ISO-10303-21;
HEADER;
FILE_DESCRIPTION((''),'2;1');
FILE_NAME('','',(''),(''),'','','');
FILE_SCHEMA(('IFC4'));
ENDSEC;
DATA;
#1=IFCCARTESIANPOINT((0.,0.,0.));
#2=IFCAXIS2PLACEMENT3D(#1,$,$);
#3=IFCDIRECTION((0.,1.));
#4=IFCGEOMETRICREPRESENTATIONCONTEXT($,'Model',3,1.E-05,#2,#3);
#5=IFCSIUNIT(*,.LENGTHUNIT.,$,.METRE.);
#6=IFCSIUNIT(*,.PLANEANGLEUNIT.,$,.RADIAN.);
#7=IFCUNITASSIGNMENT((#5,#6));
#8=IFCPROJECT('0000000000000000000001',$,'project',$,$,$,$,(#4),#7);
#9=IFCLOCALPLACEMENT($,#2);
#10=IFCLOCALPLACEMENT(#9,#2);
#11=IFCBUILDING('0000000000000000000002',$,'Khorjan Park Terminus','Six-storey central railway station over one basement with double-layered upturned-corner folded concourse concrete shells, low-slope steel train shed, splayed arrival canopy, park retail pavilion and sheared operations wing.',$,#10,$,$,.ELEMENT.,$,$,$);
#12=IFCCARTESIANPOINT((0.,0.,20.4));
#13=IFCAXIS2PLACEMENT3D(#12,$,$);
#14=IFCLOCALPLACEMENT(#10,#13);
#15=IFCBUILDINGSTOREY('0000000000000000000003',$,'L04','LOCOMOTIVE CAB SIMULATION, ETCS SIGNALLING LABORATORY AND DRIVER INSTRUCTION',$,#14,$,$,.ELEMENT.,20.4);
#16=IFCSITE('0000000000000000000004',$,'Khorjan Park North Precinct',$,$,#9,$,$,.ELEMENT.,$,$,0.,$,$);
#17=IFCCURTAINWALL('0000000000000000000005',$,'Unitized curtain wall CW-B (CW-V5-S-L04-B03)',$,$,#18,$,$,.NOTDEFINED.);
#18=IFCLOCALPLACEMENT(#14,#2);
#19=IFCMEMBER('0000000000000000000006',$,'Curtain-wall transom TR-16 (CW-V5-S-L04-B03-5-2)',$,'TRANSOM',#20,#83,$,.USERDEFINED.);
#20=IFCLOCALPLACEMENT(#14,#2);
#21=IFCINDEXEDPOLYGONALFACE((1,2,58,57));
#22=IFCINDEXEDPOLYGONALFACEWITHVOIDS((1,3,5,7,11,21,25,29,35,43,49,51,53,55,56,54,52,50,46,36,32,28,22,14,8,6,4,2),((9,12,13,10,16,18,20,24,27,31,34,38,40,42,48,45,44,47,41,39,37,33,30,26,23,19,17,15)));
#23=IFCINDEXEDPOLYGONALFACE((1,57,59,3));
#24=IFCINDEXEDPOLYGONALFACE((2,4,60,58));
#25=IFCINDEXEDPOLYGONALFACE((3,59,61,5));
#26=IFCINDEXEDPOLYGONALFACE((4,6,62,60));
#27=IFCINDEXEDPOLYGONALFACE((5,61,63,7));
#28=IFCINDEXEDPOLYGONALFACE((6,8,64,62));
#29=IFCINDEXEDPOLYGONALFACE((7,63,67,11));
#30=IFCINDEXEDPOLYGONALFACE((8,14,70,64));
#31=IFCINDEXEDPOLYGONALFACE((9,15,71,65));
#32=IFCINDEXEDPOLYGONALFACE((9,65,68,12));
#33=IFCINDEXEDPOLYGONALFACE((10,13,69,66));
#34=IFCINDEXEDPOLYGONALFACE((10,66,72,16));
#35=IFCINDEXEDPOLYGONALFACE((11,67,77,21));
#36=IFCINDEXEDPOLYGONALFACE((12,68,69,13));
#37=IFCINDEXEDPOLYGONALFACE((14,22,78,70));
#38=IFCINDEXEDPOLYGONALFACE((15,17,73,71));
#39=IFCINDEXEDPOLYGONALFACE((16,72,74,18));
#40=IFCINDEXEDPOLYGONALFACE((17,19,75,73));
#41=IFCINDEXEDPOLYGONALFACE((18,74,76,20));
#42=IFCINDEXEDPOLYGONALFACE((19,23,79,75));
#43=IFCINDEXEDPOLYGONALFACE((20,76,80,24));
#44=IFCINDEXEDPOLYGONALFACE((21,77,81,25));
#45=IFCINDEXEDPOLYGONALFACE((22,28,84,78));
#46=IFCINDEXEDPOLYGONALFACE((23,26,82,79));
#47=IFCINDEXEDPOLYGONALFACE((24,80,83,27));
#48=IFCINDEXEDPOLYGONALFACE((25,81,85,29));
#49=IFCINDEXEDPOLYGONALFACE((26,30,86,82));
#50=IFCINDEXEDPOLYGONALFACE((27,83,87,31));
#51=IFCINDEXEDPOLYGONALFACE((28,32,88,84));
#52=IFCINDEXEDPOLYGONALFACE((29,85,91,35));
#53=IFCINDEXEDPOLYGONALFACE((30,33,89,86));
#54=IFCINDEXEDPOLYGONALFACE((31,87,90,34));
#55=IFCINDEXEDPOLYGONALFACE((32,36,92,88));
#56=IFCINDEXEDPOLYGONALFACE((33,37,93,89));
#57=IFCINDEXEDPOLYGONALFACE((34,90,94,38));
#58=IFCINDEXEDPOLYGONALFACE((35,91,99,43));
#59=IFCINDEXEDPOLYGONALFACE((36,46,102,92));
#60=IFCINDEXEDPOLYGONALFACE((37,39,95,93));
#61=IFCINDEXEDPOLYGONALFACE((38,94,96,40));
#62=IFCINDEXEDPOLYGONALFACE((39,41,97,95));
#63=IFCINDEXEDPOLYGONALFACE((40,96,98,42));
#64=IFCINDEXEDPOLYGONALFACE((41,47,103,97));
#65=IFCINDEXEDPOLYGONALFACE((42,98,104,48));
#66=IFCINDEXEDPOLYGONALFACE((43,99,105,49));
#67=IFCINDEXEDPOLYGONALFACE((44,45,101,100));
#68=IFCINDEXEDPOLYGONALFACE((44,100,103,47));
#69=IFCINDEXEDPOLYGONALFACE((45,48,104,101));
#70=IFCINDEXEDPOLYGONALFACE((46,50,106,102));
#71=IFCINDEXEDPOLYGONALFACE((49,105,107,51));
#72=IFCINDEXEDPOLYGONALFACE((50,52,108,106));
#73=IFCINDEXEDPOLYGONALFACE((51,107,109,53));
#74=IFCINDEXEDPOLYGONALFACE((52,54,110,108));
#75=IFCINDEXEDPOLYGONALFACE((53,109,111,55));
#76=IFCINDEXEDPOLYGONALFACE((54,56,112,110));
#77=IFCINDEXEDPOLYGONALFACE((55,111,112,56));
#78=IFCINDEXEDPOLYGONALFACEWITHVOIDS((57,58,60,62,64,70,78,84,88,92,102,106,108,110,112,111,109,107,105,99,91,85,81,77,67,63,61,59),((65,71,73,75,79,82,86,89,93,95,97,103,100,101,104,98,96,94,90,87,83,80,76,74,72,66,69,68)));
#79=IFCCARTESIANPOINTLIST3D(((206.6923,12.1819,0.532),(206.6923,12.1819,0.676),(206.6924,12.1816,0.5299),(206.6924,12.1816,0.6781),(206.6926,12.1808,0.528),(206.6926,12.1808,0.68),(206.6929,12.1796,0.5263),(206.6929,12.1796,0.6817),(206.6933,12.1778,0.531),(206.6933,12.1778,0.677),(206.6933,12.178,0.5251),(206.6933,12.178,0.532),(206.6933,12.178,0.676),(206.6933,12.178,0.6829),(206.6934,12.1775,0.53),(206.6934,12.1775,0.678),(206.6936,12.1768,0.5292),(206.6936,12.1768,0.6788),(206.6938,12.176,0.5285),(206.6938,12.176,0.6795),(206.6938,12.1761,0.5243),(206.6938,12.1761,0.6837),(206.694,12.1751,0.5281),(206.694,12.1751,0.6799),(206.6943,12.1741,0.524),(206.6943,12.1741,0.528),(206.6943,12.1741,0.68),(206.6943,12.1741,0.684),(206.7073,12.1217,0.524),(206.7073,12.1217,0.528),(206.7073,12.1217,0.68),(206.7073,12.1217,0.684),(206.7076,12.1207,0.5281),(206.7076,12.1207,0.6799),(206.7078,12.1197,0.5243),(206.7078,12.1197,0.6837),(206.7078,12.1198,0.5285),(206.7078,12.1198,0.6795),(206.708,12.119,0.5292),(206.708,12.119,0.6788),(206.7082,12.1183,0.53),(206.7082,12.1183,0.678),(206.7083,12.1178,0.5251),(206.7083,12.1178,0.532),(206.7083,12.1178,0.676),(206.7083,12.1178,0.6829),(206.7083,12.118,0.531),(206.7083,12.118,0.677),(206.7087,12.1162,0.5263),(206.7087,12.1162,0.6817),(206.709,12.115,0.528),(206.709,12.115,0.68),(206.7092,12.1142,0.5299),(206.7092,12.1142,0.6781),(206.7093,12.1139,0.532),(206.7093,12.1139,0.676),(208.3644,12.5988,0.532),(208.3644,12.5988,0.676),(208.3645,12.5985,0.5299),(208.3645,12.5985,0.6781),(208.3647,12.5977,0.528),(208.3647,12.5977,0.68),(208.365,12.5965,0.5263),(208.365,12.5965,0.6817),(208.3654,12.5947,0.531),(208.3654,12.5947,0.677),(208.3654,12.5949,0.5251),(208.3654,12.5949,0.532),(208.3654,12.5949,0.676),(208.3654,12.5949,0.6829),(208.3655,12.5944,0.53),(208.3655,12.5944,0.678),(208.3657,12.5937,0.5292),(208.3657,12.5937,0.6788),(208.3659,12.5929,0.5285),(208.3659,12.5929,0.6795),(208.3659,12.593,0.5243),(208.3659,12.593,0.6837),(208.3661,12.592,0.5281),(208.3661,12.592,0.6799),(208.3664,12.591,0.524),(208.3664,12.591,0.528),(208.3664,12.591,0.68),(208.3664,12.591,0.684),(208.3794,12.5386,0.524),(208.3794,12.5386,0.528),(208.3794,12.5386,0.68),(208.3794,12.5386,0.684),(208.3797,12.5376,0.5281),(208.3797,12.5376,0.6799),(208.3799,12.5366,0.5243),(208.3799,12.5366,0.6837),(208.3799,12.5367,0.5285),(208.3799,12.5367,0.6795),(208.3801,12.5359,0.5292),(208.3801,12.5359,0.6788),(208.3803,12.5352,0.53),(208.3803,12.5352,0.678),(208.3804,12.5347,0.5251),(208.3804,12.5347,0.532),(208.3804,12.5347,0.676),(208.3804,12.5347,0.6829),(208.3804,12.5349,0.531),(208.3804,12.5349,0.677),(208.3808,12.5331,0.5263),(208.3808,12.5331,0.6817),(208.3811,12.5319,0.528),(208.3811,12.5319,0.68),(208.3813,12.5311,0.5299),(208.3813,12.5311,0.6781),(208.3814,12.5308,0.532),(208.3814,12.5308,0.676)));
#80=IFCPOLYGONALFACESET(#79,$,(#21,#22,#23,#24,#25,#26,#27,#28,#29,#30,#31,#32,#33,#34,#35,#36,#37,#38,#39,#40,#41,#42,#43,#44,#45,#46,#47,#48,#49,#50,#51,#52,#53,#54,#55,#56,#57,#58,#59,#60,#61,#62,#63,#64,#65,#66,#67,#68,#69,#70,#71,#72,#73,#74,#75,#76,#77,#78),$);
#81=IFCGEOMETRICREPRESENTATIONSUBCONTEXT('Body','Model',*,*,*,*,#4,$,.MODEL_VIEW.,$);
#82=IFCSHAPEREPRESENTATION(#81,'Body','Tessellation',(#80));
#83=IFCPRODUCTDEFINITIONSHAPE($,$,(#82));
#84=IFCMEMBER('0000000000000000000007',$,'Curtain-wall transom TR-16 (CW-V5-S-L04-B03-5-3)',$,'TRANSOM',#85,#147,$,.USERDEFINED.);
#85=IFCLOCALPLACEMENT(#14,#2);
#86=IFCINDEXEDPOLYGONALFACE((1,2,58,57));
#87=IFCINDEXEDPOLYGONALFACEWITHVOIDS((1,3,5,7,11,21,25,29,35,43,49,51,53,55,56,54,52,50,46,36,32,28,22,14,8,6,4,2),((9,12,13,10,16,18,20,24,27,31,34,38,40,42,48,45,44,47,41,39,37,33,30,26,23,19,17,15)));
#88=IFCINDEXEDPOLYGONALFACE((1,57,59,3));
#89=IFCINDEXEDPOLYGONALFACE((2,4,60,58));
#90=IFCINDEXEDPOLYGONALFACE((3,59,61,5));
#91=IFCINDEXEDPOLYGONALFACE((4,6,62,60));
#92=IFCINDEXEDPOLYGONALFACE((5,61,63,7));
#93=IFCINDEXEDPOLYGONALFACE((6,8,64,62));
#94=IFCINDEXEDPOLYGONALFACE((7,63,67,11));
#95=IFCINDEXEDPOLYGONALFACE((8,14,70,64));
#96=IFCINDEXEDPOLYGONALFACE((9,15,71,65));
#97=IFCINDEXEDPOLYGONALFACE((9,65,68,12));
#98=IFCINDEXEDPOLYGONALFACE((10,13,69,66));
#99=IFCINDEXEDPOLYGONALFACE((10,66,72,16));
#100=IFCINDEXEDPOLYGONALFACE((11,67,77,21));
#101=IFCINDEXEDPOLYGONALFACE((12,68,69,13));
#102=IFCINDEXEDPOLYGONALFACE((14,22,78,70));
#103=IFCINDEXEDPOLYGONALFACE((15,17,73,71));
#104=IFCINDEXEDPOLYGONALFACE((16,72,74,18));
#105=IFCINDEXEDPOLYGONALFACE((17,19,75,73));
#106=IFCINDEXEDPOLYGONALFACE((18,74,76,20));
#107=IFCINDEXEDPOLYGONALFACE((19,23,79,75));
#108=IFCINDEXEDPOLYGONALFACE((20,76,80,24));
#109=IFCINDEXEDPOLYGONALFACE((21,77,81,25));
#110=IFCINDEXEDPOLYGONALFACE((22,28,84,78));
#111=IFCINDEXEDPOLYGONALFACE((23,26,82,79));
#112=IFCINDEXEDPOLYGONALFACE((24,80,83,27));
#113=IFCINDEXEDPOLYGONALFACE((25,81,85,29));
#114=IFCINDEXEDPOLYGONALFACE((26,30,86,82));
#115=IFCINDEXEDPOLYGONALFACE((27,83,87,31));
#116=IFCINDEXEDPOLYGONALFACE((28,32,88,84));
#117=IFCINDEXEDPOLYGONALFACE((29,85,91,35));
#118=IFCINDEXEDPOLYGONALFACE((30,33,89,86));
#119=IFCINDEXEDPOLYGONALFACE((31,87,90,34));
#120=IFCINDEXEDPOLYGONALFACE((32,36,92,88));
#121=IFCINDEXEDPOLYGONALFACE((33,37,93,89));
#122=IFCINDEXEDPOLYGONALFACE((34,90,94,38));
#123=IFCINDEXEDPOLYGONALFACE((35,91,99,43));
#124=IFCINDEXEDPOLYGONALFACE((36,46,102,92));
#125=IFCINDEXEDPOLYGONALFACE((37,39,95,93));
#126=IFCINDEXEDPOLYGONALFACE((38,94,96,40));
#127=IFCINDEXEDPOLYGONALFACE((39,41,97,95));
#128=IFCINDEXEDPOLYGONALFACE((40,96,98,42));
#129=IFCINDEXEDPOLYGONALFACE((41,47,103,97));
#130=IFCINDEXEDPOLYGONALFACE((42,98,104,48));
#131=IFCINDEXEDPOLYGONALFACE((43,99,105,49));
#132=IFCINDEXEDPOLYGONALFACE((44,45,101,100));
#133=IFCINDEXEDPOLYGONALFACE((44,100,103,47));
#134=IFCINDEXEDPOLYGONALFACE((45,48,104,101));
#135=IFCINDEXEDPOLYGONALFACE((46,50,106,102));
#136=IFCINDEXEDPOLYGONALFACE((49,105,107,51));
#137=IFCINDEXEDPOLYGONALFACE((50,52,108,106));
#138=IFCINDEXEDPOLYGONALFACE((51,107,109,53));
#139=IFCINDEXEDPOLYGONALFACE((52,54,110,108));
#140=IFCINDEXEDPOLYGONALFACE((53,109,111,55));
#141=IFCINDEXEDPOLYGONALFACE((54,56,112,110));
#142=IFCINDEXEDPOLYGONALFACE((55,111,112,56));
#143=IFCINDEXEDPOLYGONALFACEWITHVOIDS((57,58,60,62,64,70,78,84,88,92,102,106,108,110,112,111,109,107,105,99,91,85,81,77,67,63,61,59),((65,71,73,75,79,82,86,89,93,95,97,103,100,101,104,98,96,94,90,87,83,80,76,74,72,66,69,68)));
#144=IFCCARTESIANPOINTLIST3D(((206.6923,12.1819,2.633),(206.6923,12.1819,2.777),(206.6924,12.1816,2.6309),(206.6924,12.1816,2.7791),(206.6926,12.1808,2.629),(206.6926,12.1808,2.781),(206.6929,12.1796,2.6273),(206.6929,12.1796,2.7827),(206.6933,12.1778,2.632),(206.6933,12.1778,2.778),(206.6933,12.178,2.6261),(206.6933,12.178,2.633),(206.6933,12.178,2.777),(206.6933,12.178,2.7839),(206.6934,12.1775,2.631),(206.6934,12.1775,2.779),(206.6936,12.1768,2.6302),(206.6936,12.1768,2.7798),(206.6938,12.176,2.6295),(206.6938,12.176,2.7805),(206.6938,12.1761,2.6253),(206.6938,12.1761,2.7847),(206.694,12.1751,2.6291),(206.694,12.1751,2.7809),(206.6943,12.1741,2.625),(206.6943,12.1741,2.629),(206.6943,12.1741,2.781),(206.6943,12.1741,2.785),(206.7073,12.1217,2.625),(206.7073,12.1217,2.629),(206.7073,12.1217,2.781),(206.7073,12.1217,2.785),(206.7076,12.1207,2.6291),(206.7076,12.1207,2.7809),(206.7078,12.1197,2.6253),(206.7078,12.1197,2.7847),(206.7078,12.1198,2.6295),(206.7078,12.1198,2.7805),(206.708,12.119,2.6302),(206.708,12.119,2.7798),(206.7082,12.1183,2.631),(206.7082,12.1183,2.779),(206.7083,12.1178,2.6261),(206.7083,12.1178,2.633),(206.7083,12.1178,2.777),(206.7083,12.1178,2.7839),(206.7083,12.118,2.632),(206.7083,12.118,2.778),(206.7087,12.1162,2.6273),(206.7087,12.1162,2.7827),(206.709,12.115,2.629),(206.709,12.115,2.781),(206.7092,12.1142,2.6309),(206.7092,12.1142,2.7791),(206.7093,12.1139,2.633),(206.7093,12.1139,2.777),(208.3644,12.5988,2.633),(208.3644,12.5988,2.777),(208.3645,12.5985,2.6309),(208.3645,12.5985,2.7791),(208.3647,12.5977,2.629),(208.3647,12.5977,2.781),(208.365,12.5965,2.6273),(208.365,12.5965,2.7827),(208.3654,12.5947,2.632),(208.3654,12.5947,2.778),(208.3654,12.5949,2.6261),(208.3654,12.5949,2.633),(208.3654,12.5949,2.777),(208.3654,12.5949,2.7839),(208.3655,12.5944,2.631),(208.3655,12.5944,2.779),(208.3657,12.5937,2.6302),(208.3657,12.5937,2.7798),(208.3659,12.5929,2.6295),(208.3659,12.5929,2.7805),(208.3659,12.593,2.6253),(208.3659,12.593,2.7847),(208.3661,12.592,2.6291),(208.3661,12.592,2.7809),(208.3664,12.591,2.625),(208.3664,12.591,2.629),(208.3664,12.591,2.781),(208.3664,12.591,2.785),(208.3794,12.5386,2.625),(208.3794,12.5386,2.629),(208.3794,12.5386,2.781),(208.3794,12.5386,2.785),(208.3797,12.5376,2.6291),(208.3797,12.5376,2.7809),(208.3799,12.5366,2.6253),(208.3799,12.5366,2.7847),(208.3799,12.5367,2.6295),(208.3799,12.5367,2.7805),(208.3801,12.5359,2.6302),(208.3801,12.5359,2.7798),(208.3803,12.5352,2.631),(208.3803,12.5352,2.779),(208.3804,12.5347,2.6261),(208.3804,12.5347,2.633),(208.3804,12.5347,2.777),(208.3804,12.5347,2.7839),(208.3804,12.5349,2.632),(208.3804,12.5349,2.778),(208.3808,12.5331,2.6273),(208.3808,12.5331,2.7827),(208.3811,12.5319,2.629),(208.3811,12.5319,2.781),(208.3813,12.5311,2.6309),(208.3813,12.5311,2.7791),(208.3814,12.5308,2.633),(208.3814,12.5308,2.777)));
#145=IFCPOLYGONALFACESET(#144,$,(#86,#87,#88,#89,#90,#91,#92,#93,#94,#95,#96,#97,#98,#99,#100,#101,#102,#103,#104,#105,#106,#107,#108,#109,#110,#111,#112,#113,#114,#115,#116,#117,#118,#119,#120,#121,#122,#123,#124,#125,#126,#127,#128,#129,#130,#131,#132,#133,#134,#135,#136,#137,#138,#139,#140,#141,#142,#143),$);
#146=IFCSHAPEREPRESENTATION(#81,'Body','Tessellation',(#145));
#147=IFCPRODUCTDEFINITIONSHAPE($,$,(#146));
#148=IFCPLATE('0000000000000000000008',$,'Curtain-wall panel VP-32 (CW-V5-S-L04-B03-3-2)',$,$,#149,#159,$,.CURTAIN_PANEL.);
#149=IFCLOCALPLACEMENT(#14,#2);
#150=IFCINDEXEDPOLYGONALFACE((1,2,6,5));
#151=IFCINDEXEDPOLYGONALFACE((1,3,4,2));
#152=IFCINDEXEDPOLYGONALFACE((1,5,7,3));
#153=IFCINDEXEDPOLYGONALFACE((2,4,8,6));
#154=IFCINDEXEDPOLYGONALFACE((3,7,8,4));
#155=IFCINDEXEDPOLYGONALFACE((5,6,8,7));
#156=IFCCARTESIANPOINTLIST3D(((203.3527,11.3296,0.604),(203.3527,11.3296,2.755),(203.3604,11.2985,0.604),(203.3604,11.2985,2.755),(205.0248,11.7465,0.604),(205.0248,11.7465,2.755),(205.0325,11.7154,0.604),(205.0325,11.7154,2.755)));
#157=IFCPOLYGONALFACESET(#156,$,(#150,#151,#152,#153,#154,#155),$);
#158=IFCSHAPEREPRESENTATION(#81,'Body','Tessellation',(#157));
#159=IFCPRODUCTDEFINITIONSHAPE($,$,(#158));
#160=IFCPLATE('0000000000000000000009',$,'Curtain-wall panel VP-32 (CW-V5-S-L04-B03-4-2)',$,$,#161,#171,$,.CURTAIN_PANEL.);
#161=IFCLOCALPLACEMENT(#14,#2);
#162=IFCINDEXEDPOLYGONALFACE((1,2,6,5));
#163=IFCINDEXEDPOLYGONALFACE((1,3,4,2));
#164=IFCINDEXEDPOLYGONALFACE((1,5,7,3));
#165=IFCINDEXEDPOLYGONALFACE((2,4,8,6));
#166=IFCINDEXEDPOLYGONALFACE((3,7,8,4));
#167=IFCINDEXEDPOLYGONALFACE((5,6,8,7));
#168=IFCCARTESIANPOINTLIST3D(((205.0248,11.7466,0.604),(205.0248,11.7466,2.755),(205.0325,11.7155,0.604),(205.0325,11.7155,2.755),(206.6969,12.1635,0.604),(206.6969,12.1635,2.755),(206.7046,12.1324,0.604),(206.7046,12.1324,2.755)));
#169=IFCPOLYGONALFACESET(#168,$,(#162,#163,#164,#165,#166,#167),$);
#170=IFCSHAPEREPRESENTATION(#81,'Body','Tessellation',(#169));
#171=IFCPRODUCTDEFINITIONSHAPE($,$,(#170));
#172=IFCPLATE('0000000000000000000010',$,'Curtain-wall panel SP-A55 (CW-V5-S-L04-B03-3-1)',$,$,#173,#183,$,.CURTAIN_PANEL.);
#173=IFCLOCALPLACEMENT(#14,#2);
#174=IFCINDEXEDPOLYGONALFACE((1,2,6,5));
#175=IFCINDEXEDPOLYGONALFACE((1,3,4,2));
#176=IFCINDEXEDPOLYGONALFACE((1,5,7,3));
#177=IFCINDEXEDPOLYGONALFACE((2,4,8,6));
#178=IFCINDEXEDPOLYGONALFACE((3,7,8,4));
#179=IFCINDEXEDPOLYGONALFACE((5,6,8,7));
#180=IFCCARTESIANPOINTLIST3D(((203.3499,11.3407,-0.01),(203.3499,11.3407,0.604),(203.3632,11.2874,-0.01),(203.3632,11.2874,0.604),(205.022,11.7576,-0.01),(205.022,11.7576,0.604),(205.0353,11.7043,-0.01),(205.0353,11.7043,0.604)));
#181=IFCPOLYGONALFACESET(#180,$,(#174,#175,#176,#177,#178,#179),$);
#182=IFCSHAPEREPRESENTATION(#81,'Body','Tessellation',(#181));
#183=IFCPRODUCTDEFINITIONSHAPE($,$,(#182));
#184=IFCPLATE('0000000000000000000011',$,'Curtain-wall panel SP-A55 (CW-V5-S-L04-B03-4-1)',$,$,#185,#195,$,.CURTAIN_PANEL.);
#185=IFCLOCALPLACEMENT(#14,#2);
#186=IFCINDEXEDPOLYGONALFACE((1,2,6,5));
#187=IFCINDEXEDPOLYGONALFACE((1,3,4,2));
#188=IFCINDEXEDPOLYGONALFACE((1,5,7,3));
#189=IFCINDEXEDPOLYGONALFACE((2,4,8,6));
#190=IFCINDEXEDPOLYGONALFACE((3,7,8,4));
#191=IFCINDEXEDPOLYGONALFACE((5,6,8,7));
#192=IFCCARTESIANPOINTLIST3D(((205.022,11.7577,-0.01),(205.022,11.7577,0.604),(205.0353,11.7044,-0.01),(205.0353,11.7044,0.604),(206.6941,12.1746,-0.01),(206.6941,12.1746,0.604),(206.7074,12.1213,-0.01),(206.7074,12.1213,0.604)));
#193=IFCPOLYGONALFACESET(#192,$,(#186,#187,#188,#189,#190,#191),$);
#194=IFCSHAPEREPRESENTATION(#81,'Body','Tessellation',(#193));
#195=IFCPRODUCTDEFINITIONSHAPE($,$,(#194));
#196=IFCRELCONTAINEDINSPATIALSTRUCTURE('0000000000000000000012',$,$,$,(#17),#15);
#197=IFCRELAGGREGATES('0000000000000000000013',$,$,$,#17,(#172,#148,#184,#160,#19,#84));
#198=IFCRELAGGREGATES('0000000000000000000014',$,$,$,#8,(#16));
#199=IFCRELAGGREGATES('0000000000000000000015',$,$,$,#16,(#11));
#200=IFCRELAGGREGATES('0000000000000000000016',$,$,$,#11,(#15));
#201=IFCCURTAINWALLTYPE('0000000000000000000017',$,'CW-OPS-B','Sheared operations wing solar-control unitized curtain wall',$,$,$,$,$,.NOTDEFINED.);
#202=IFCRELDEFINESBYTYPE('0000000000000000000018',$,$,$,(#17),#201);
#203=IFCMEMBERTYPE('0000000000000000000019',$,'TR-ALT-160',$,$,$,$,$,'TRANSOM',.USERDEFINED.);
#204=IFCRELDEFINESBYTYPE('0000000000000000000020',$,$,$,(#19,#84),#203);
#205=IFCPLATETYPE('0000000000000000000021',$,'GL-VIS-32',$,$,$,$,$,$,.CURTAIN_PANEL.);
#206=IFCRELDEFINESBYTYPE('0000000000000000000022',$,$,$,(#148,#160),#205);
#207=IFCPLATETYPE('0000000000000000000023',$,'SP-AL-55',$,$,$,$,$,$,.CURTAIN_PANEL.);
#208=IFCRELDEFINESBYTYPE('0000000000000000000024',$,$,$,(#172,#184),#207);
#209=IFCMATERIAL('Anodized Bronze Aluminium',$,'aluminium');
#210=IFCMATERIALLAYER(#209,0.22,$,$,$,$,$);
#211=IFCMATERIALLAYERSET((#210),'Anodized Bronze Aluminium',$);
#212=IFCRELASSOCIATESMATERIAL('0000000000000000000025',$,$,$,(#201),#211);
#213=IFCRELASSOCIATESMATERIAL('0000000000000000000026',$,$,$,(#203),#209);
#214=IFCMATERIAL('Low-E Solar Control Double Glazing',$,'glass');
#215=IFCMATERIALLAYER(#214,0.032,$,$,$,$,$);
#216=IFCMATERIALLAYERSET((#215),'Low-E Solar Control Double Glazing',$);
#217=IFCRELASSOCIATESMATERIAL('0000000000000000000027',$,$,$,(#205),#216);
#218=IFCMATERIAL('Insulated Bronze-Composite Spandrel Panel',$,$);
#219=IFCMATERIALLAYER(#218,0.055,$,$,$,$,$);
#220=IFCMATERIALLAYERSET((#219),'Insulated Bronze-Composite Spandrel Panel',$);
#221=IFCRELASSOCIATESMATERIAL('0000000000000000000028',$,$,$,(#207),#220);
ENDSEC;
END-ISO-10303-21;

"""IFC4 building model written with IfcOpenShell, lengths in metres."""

from ifc_helpers import new_model, si_unit, direction, frame, origin, origin_2d, place, context, subcontext, project, spatial, rectangle, hollow_rectangle, extrude, material, layer, layer_set, material_profile, profile_set, type_object, element, aggregate, save


model = new_model("IFC4")

# Units and contexts
model_context = context("Model", 3, precision=1e-05, world=origin(), true_north=direction((0.0, 1.0)))
body_context = subcontext(model_context, "Body", "Model", "MODEL_VIEW")
ifc_project = project(units=[si_unit("LENGTHUNIT", "METRE"), si_unit("PLANEANGLEUNIT", "RADIAN")], contexts=[model_context])

# Site, building, storey
site_placement = place(None, origin())
site = spatial("IfcSite", under=ifc_project, at=site_placement, Name="Khorjan Park North Precinct", CompositionType="ELEMENT", RefElevation=0.0)
building_placement = place(site_placement, origin())
building = spatial("IfcBuilding", under=site, at=building_placement, Name="Khorjan Park Terminus", Description="Six-storey central railway station over one basement with double-layered upturned-corner folded concourse concrete shells, low-slope steel train shed, splayed arrival canopy, park retail pavilion and sheared operations wing.", CompositionType="ELEMENT")
storey_placement = place(building_placement, frame((0.0, 0.0, 20.4)))
storey = spatial("IfcBuildingStorey", under=building, at=storey_placement, Name="L04", Description="LOCOMOTIVE CAB SIMULATION, ETCS SIGNALLING LABORATORY AND DRIVER INSTRUCTION", CompositionType="ELEMENT", Elevation=20.4)

# Curtain wall, members, plates
ifc_material_1 = material(Name="Anodized Bronze Aluminium", Category="aluminium")
ifc_layer_1 = layer(ifc_material_1, 0.22)
ifc_layer_set_1 = layer_set([ifc_layer_1], Name="Anodized Bronze Aluminium")
curtain_wall_type = type_object("IfcCurtainWallType", Name="CW-OPS-B", Description="Sheared operations wing solar-control unitized curtain wall", PredefinedType="NOTDEFINED", material=ifc_layer_set_1)
curtain_wall_placement = place(storey_placement, origin())
curtain_wall = element("IfcCurtainWall", 1, at=curtain_wall_placement, inside=storey, type_object=curtain_wall_type, Name="Unitized curtain wall CW-B (CW-V5-S-L04-B03)", PredefinedType="NOTDEFINED")
ifc_material_profile_1 = material_profile(ifc_material_1, hollow_rectangle(XDim=0.07, YDim=0.16, WallThickness=0.004, InnerFilletRadius=0.004, OuterFilletRadius=0.008, at=origin_2d()), Name="ALT 70x160x4")
ifc_profile_set_1 = profile_set([ifc_material_profile_1], Name="Anodized Bronze Aluminium")
member_type_1 = type_object("IfcMemberType", Name="TR-ALT-160", ElementType="TRANSOM", PredefinedType="USERDEFINED", material=ifc_profile_set_1)
member_1_placement = place(storey_placement, frame((206.7008, 12.1479, 0.604), z_axis=(0.970296, 0.241921, 0.0), x_axis=(-0.241921, 0.970296, 0.0)))
member_1 = element("IfcMember", 2, at=member_1_placement, type_object=member_type_1, Name="Curtain-wall transom TR-16 (CW-V5-S-L04-B03-5-2)", ObjectType="TRANSOM", PredefinedType="USERDEFINED", context=body_context, shape_type="SweptSolid", body=[
    extrude(hollow_rectangle(XDim=0.07, YDim=0.16, WallThickness=0.004, InnerFilletRadius=0.004, OuterFilletRadius=0.008, at=origin_2d()), origin(), (0.0, 0.0, 1.0), 1.7233),
])
member_2_placement = place(storey_placement, frame((206.7008, 12.1479, 2.705), z_axis=(0.970296, 0.241921, 0.0), x_axis=(-0.241921, 0.970296, 0.0)))
member_2 = element("IfcMember", 3, at=member_2_placement, type_object=member_type_1, Name="Curtain-wall transom TR-16 (CW-V5-S-L04-B03-5-3)", ObjectType="TRANSOM", PredefinedType="USERDEFINED", context=body_context, shape_type="SweptSolid", body=[
    extrude(hollow_rectangle(XDim=0.07, YDim=0.16, WallThickness=0.004, InnerFilletRadius=0.004, OuterFilletRadius=0.008, at=origin_2d()), origin(), (0.0, 0.0, 1.0), 1.7233),
])
ifc_material_2 = material(Name="Low-E Solar Control Double Glazing", Category="glass")
ifc_layer_2 = layer(ifc_material_2, 0.032)
ifc_layer_set_2 = layer_set([ifc_layer_2], Name="Low-E Solar Control Double Glazing")
plate_type_1 = type_object("IfcPlateType", Name="GL-VIS-32", PredefinedType="CURTAIN_PANEL", material=ifc_layer_set_2)
plate_1_placement = place(storey_placement, frame((204.1926, 11.5225, 0.604), z_axis=(0.0, 0.0, 1.0), x_axis=(0.970295, 0.241926, 0.0)))
plate_1 = element("IfcPlate", 4, at=plate_1_placement, type_object=plate_type_1, Name="Curtain-wall panel VP-32 (CW-V5-S-L04-B03-3-2)", PredefinedType="CURTAIN_PANEL", context=body_context, shape_type="SweptSolid", body=[
    extrude(rectangle(XDim=1.7233, YDim=0.032, at=origin_2d()), origin(), (0.0, 0.0, 1.0), 2.151),
])
plate_2_placement = place(storey_placement, frame((205.8647, 11.9395, 0.604), z_axis=(0.0, 0.0, 1.0), x_axis=(0.970295, 0.241926, 0.0)))
plate_2 = element("IfcPlate", 5, at=plate_2_placement, type_object=plate_type_1, Name="Curtain-wall panel VP-32 (CW-V5-S-L04-B03-4-2)", PredefinedType="CURTAIN_PANEL", context=body_context, shape_type="SweptSolid", body=[
    extrude(rectangle(XDim=1.7233, YDim=0.032, at=origin_2d()), origin(), (0.0, 0.0, 1.0), 2.151),
])
ifc_material_3 = material(Name="Insulated Bronze-Composite Spandrel Panel")
ifc_layer_3 = layer(ifc_material_3, 0.055)
ifc_layer_set_3 = layer_set([ifc_layer_3], Name="Insulated Bronze-Composite Spandrel Panel")
plate_type_2 = type_object("IfcPlateType", Name="SP-AL-55", PredefinedType="CURTAIN_PANEL", material=ifc_layer_set_3)
plate_3_placement = place(storey_placement, frame((204.1926, 11.5225, -0.01), z_axis=(0.0, 0.0, 1.0), x_axis=(0.970295, 0.241926, 0.0)))
plate_3 = element("IfcPlate", 6, at=plate_3_placement, type_object=plate_type_2, Name="Curtain-wall panel SP-A55 (CW-V5-S-L04-B03-3-1)", PredefinedType="CURTAIN_PANEL", context=body_context, shape_type="SweptSolid", body=[
    extrude(rectangle(XDim=1.7233, YDim=0.055, at=origin_2d()), origin(), (0.0, 0.0, 1.0), 0.614),
])
plate_4_placement = place(storey_placement, frame((205.8647, 11.9395, -0.01), z_axis=(0.0, 0.0, 1.0), x_axis=(0.970295, 0.241926, 0.0)))
plate_4 = element("IfcPlate", 7, at=plate_4_placement, type_object=plate_type_2, Name="Curtain-wall panel SP-A55 (CW-V5-S-L04-B03-4-1)", PredefinedType="CURTAIN_PANEL", context=body_context, shape_type="SweptSolid", body=[
    extrude(rectangle(XDim=1.7233, YDim=0.055, at=origin_2d()), origin(), (0.0, 0.0, 1.0), 0.614),
])
aggregate(curtain_wall, [plate_3, plate_1, plate_4, plate_2, member_1, member_2])

save(model, "model.ifc")
